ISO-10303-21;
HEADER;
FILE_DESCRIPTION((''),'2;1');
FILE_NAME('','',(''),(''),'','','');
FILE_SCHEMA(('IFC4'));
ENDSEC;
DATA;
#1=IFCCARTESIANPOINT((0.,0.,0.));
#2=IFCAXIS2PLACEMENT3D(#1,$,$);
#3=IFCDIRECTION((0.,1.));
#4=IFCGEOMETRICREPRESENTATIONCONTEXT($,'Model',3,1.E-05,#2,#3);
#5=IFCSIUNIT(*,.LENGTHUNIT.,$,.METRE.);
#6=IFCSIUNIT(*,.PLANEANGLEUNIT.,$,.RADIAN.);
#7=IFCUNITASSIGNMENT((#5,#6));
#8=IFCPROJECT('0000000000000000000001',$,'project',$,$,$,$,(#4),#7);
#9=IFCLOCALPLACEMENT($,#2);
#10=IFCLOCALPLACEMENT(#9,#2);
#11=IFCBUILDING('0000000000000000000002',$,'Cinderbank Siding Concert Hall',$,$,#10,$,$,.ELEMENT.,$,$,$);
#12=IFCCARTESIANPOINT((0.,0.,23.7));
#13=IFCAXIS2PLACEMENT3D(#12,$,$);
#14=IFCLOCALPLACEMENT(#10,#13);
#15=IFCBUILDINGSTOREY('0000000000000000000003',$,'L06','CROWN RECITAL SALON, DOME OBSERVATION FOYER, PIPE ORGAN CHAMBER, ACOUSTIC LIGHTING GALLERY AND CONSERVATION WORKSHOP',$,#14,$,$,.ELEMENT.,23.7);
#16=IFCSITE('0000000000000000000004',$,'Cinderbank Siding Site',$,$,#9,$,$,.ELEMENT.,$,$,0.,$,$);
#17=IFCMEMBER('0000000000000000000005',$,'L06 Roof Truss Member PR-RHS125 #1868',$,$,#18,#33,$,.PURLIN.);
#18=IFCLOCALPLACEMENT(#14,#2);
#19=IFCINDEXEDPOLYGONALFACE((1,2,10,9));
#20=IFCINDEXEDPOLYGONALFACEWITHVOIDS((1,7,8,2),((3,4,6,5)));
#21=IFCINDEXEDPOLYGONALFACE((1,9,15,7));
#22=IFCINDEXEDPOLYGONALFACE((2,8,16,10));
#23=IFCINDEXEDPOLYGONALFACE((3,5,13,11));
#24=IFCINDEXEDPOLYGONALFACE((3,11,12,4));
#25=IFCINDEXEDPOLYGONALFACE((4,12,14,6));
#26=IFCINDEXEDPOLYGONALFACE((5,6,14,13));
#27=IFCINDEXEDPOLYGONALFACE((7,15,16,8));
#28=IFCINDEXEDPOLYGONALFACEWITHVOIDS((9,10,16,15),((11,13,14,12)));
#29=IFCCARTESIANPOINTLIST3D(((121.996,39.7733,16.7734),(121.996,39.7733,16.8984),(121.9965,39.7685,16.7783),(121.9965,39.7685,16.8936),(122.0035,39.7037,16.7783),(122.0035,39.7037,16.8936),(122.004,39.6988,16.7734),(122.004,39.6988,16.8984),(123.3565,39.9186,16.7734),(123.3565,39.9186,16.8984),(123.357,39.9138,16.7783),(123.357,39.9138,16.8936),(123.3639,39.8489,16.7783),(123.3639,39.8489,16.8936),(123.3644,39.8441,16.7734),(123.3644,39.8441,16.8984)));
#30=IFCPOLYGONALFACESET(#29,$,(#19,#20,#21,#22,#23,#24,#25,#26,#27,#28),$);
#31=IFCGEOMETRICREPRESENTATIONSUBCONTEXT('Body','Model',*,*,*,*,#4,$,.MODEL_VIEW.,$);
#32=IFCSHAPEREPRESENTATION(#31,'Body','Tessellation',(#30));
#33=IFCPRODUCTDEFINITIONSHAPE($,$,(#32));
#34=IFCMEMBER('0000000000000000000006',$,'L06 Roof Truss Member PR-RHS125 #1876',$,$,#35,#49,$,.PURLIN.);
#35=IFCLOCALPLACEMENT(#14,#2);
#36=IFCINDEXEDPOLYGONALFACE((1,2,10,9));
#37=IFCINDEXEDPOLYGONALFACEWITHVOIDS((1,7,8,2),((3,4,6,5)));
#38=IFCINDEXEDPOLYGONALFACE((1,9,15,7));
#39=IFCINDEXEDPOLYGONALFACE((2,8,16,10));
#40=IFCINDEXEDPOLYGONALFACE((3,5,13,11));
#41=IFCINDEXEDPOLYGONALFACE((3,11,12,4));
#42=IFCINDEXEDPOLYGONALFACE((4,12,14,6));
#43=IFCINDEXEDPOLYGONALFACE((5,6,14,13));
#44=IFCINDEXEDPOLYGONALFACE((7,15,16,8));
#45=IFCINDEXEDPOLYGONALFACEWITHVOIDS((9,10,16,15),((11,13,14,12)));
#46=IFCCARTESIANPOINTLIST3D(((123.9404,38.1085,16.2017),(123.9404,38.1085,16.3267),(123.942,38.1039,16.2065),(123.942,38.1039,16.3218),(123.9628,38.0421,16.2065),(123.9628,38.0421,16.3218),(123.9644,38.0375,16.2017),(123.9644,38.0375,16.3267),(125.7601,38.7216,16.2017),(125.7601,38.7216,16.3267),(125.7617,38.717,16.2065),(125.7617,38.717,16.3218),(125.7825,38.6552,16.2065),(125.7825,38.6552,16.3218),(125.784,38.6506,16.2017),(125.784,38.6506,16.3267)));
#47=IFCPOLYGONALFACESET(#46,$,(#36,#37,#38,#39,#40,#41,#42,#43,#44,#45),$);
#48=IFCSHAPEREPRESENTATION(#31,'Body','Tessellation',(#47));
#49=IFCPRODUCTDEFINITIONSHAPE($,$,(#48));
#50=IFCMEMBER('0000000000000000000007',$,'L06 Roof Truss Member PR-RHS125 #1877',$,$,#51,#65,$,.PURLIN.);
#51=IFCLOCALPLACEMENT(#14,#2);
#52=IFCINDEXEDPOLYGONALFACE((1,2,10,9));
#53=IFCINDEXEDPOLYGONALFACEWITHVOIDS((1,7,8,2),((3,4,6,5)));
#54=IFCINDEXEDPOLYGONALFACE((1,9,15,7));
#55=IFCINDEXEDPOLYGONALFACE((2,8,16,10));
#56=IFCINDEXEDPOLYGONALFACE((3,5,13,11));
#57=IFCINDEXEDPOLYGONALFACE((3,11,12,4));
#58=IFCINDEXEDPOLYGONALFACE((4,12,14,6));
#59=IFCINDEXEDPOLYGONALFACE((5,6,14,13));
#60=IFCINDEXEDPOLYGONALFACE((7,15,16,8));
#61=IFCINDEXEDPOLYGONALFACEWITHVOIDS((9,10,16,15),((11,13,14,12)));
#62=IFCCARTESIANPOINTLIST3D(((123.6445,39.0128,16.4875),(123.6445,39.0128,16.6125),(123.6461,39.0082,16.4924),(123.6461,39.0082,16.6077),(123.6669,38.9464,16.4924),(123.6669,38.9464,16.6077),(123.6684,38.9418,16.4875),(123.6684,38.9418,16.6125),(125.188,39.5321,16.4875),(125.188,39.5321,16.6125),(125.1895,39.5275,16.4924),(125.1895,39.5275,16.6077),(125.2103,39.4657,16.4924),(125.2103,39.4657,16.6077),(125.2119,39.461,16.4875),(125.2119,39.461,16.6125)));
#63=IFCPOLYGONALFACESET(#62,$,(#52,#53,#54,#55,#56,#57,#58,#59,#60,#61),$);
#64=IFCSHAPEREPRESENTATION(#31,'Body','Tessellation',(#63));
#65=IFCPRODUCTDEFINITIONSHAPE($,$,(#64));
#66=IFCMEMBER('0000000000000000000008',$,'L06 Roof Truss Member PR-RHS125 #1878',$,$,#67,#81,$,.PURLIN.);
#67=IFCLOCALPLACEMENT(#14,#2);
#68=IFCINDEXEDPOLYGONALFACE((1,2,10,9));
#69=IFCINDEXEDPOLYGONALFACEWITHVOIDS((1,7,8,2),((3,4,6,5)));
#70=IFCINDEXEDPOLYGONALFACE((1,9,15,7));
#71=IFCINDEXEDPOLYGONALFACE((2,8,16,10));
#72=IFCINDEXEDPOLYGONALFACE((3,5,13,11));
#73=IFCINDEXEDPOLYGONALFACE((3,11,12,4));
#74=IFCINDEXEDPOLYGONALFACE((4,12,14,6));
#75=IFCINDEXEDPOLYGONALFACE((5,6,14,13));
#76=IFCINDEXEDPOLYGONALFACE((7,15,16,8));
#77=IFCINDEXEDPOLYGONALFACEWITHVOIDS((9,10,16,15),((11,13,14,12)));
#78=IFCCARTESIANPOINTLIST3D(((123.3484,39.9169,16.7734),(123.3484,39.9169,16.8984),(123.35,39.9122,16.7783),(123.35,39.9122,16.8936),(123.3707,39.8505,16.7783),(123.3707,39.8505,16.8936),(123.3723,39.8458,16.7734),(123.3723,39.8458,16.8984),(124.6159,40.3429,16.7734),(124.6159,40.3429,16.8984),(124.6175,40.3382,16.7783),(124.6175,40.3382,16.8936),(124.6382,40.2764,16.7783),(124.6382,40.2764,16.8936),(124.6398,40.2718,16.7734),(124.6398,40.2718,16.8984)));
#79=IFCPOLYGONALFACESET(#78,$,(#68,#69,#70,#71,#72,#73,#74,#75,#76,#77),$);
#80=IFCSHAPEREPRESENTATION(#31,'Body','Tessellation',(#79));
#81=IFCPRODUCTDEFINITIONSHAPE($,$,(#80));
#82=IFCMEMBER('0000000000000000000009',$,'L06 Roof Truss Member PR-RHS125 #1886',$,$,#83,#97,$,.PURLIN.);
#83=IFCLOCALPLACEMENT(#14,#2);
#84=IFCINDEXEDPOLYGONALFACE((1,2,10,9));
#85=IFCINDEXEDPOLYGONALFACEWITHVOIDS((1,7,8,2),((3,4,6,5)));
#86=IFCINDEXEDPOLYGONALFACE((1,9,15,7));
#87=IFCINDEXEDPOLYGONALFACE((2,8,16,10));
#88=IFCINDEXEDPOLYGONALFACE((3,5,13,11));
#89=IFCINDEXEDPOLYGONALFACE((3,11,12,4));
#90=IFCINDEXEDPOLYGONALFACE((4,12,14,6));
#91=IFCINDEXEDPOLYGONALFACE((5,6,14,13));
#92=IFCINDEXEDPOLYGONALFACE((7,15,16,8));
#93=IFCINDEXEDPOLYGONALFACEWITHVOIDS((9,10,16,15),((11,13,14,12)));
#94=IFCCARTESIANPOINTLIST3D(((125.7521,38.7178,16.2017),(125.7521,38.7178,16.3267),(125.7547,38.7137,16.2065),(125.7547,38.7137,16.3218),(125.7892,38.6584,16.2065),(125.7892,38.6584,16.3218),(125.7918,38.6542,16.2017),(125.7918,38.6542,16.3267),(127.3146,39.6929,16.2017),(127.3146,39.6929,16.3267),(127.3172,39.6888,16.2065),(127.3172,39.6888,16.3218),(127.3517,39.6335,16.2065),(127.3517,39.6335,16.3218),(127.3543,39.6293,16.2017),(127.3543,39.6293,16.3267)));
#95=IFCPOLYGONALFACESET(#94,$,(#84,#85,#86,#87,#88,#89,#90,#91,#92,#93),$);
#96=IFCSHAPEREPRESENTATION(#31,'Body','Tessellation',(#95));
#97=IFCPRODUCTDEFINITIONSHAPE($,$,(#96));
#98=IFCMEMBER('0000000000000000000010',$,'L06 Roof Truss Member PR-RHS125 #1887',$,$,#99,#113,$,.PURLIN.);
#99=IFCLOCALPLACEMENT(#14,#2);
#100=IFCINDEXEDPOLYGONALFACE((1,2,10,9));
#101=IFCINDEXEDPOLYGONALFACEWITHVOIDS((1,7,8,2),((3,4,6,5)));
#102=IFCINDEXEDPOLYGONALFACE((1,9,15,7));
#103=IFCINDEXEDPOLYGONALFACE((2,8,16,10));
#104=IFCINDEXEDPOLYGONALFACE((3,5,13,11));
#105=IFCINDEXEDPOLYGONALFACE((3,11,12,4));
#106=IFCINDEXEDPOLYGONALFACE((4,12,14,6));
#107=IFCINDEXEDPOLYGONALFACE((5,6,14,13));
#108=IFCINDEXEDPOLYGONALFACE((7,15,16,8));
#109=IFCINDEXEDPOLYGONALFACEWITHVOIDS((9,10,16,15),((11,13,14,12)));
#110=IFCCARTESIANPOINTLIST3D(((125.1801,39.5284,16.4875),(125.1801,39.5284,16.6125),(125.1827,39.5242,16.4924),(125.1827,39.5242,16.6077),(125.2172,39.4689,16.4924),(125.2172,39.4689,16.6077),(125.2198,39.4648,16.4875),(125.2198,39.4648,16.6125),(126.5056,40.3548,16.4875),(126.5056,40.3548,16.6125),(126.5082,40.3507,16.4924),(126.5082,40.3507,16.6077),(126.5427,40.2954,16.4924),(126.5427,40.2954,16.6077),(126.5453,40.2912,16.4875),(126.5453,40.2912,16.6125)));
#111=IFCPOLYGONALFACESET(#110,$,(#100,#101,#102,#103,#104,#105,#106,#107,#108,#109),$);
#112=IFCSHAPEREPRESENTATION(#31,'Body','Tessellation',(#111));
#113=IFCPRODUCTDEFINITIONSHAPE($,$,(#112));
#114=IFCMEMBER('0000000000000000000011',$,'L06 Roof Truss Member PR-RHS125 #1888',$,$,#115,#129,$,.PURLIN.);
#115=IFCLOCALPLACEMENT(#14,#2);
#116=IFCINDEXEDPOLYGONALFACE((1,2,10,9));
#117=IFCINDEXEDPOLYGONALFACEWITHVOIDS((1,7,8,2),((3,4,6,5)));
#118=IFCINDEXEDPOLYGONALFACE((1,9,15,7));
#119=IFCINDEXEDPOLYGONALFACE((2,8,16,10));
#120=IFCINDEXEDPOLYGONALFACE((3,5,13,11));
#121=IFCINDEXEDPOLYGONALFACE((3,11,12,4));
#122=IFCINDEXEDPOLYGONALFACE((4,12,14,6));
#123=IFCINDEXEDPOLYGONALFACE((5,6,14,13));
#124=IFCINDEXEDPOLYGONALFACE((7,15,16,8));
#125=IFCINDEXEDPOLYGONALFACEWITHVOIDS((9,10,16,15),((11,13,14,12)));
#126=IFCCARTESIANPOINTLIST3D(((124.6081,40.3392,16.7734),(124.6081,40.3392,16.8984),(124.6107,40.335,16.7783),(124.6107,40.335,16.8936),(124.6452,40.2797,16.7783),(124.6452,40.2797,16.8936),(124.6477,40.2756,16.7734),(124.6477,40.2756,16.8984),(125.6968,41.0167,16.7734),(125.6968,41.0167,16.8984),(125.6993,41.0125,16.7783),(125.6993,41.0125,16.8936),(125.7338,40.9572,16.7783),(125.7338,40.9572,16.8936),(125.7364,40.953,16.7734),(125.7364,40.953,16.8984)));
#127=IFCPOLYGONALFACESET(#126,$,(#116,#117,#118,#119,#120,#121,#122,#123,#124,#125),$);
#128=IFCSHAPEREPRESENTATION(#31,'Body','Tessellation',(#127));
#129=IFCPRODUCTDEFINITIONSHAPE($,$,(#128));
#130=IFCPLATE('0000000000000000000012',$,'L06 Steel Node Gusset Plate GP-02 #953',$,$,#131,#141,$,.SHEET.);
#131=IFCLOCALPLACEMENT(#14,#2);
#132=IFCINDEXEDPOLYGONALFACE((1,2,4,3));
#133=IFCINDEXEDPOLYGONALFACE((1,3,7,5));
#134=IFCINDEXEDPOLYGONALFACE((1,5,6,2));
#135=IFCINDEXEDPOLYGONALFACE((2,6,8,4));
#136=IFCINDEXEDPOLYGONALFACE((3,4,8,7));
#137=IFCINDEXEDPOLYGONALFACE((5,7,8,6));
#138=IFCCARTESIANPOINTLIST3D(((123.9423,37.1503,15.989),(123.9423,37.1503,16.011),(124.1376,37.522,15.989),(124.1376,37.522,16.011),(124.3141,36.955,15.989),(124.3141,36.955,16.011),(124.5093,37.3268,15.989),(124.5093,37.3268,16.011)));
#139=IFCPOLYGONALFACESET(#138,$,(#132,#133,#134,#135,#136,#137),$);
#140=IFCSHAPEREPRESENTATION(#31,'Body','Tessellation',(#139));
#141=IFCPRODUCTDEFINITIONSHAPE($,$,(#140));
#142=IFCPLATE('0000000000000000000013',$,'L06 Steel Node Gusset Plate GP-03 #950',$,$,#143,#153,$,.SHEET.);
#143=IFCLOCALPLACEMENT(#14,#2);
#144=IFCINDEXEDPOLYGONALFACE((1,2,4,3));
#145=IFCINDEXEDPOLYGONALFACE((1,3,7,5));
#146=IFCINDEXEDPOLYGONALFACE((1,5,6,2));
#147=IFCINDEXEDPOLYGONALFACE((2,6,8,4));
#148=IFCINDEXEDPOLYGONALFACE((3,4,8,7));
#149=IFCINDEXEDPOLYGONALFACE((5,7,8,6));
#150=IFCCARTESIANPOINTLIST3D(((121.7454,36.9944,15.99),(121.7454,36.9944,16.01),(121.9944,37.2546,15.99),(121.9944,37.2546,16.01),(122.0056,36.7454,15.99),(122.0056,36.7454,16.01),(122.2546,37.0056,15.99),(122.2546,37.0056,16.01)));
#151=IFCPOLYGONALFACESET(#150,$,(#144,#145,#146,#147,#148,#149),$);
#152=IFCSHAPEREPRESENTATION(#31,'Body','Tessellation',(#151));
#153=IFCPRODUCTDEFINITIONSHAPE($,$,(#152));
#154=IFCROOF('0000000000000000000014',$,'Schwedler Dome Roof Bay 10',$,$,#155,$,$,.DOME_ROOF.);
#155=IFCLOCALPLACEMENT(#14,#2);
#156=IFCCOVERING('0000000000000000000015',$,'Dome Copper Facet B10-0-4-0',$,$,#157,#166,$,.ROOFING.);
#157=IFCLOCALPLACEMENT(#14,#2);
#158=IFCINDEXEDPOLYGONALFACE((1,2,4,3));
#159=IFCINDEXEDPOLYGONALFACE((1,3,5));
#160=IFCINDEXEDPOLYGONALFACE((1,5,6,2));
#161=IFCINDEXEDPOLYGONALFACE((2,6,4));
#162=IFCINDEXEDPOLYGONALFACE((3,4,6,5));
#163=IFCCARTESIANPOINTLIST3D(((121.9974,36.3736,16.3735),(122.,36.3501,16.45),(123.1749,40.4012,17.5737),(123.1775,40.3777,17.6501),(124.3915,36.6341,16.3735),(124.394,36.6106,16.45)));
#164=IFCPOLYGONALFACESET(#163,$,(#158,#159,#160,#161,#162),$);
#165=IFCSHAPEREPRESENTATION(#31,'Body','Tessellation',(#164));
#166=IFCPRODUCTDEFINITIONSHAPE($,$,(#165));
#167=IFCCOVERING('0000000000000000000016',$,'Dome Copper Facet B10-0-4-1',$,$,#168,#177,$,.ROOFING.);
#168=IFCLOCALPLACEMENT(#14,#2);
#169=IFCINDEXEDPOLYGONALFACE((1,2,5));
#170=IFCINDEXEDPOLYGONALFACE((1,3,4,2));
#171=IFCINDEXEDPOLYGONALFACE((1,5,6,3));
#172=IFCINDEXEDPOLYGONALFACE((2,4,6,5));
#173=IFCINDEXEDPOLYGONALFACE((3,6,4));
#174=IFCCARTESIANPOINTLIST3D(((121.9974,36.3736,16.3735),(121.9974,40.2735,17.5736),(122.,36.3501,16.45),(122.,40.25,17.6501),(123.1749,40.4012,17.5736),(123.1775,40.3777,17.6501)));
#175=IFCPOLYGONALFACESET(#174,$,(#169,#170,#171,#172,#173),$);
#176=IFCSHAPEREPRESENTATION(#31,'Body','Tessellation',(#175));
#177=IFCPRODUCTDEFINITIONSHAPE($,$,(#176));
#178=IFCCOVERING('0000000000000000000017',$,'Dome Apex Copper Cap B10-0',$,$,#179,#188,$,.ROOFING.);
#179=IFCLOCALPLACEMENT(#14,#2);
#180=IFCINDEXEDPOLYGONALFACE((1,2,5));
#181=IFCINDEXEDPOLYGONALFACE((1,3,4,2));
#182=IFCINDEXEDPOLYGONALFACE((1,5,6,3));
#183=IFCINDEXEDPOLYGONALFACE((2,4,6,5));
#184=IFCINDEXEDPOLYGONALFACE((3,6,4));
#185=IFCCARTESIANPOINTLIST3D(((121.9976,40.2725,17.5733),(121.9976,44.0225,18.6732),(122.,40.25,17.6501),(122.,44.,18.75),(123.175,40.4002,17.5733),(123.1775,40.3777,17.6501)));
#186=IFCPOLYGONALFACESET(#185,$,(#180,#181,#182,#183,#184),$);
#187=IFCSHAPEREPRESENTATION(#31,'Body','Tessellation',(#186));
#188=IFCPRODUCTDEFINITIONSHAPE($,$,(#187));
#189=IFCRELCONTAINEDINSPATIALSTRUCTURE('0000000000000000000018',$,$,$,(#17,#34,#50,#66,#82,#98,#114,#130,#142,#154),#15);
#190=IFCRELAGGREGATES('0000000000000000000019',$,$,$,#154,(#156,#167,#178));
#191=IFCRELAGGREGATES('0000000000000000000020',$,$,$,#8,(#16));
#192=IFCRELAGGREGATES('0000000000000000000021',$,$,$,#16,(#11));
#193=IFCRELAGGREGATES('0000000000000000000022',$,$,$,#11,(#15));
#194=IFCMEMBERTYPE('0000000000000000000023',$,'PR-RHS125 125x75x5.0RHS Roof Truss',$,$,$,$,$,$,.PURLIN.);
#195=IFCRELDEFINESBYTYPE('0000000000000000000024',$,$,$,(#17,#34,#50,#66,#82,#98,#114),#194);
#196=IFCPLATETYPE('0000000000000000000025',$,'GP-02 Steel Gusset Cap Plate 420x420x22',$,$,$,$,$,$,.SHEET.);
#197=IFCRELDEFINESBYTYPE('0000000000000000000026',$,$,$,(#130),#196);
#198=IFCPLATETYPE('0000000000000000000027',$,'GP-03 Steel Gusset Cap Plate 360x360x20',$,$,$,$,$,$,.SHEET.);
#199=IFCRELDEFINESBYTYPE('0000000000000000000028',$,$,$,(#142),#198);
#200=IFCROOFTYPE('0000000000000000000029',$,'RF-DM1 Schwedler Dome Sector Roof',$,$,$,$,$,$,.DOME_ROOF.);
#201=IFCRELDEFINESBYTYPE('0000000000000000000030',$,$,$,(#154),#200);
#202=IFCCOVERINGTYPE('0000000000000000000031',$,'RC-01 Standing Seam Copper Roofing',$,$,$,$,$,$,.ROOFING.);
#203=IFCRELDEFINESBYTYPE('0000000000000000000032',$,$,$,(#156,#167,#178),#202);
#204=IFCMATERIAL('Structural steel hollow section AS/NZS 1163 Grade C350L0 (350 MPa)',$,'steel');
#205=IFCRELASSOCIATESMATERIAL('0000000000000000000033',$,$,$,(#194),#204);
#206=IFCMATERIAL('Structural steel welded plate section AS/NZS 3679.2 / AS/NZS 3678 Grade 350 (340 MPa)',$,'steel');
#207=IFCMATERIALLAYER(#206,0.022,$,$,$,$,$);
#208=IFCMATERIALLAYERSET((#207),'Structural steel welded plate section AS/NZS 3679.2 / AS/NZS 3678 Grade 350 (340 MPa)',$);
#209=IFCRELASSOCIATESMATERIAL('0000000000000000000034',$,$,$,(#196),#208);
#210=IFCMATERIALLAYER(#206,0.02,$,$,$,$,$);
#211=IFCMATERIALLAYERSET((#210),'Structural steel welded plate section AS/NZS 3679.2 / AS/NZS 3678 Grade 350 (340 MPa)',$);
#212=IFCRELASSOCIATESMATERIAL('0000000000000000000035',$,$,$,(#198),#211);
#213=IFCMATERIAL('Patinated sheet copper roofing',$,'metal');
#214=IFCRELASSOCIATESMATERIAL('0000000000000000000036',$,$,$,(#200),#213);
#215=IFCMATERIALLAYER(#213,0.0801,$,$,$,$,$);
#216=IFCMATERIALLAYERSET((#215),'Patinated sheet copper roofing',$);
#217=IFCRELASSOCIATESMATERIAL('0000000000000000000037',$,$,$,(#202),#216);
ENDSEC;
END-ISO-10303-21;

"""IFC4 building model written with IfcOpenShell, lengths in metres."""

from ifc_helpers import new_model, si_unit, direction, frame, origin, origin_2d, place, context, subcontext, project, spatial, polyline, rectangle, hollow_rectangle, outline, extrude, material, layer, layer_set, material_profile, profile_set, type_object, element, aggregate, save


model = new_model("IFC4")

# Units and contexts
model_context = context("Model", 3, precision=1e-05, world=origin(), true_north=direction((0.0, 1.0)))
body_context = subcontext(model_context, "Body", "Model", "MODEL_VIEW")
ifc_project = project(units=[si_unit("LENGTHUNIT", "METRE"), si_unit("PLANEANGLEUNIT", "RADIAN")], contexts=[model_context])

# Site, building, storey
site_placement = place(None, origin())
site = spatial("IfcSite", under=ifc_project, at=site_placement, Name="Cinderbank Siding Site", CompositionType="ELEMENT", RefElevation=0.0)
building_placement = place(site_placement, origin())
building = spatial("IfcBuilding", under=site, at=building_placement, Name="Cinderbank Siding Concert Hall", CompositionType="ELEMENT")
storey_placement = place(building_placement, frame((0.0, 0.0, 23.7)))
storey = spatial("IfcBuildingStorey", under=building, at=storey_placement, Name="L06", Description="CROWN RECITAL SALON, DOME OBSERVATION FOYER, PIPE ORGAN CHAMBER, ACOUSTIC LIGHTING GALLERY AND CONSERVATION WORKSHOP", CompositionType="ELEMENT", Elevation=23.7)

# Members
ifc_material_1 = material(Name="Structural steel hollow section AS/NZS 1163 Grade C350L0 (350 MPa)", Category="steel")
ifc_material_profile_1 = material_profile(ifc_material_1, hollow_rectangle(XDim=0.075, YDim=0.125, WallThickness=0.0049, at=origin_2d()), Name="125x75x5.0RHS", Category="LoadBearing")
ifc_profile_set_1 = profile_set([ifc_material_profile_1], Name="Structural steel hollow section AS/NZS 1163 Grade C350L0 (350 MPa)")
member_type_1 = type_object("IfcMemberType", Name="PR-RHS125 125x75x5.0RHS Roof Truss", PredefinedType="PURLIN", material=ifc_profile_set_1)
member_1_placement = place(storey_placement, frame((122.0, 39.7361, 16.8359), z_axis=(0.994347, 0.10618, 0.0), x_axis=(-0.10618, 0.994347, 0.0)))
element("IfcMember", 1, at=member_1_placement, inside=storey, type_object=member_type_1, Name="L06 Roof Truss Member PR-RHS125 #1868", PredefinedType="PURLIN", context=body_context, shape_type="SweptSolid", body=[
    extrude(hollow_rectangle(XDim=0.075, YDim=0.125, WallThickness=0.0049, at=origin_2d()), origin(), (0.0, 0.0, 1.0), 1.3682),
])
member_2_placement = place(storey_placement, frame((123.9524, 38.073, 16.2642), z_axis=(0.947661, 0.319278, 0.0), x_axis=(-0.319278, 0.947661, 0.0)))
element("IfcMember", 2, at=member_2_placement, inside=storey, type_object=member_type_1, Name="L06 Roof Truss Member PR-RHS125 #1876", PredefinedType="PURLIN", context=body_context, shape_type="SweptSolid", body=[
    extrude(hollow_rectangle(XDim=0.075, YDim=0.125, WallThickness=0.0049, at=origin_2d()), origin(), (0.0, 0.0, 1.0), 1.9202),
])
member_3_placement = place(storey_placement, frame((123.6565, 38.9773, 16.55), z_axis=(0.947795, 0.31888, 0.0), x_axis=(-0.31888, 0.947795, 0.0)))
element("IfcMember", 3, at=member_3_placement, inside=storey, type_object=member_type_1, Name="L06 Roof Truss Member PR-RHS125 #1877", PredefinedType="PURLIN", context=body_context, shape_type="SweptSolid", body=[
    extrude(hollow_rectangle(XDim=0.075, YDim=0.125, WallThickness=0.0049, at=origin_2d()), origin(), (0.0, 0.0, 1.0), 1.6284),
])
member_4_placement = place(storey_placement, frame((123.3604, 39.8813, 16.8359), z_axis=(0.947895, 0.318582, 0.0), x_axis=(-0.318582, 0.947895, 0.0)))
element("IfcMember", 4, at=member_4_placement, inside=storey, type_object=member_type_1, Name="L06 Roof Truss Member PR-RHS125 #1878", PredefinedType="PURLIN", context=body_context, shape_type="SweptSolid", body=[
    extrude(hollow_rectangle(XDim=0.075, YDim=0.125, WallThickness=0.0049, at=origin_2d()), origin(), (0.0, 0.0, 1.0), 1.3372),
])
member_5_placement = place(storey_placement, frame((125.772, 38.686, 16.2642), z_axis=(0.848356, 0.529427, 0.0), x_axis=(-0.529427, 0.848356, 0.0)))
element("IfcMember", 5, at=member_5_placement, inside=storey, type_object=member_type_1, Name="L06 Roof Truss Member PR-RHS125 #1886", PredefinedType="PURLIN", context=body_context, shape_type="SweptSolid", body=[
    extrude(hollow_rectangle(XDim=0.075, YDim=0.125, WallThickness=0.0049, at=origin_2d()), origin(), (0.0, 0.0, 1.0), 1.8418),
])
member_6_placement = place(storey_placement, frame((125.2, 39.4966, 16.55), z_axis=(0.848569, 0.529085, 0.0), x_axis=(-0.529085, 0.848569, 0.0)))
element("IfcMember", 6, at=member_6_placement, inside=storey, type_object=member_type_1, Name="L06 Roof Truss Member PR-RHS125 #1887", PredefinedType="PURLIN", context=body_context, shape_type="SweptSolid", body=[
    extrude(hollow_rectangle(XDim=0.075, YDim=0.125, WallThickness=0.0049, at=origin_2d()), origin(), (0.0, 0.0, 1.0), 1.562),
])
member_7_placement = place(storey_placement, frame((124.6279, 40.3074, 16.8359), z_axis=(0.849013, 0.528372, 0.0), x_axis=(-0.528372, 0.849013, 0.0)))
element("IfcMember", 7, at=member_7_placement, inside=storey, type_object=member_type_1, Name="L06 Roof Truss Member PR-RHS125 #1888", PredefinedType="PURLIN", context=body_context, shape_type="SweptSolid", body=[
    extrude(hollow_rectangle(XDim=0.075, YDim=0.125, WallThickness=0.0049, at=origin_2d()), origin(), (0.0, 0.0, 1.0), 1.2822),
])

# Plates
ifc_material_2 = material(Name="Structural steel welded plate section AS/NZS 3679.2 / AS/NZS 3678 Grade 350 (340 MPa)", Category="steel")
ifc_layer_1 = layer(ifc_material_2, 0.022)
ifc_layer_set_1 = layer_set([ifc_layer_1], Name="Structural steel welded plate section AS/NZS 3679.2 / AS/NZS 3678 Grade 350 (340 MPa)")
plate_type_1 = type_object("IfcPlateType", Name="GP-02 Steel Gusset Cap Plate 420x420x22", PredefinedType="SHEET", material=ifc_layer_set_1)
plate_1_placement = place(storey_placement, frame((124.2258, 37.2385, 15.989), z_axis=(0.0, 0.0, 1.0), x_axis=(0.464997, 0.885312, 0.0)))
element("IfcPlate", 8, at=plate_1_placement, inside=storey, type_object=plate_type_1, Name="L06 Steel Node Gusset Plate GP-02 #953", PredefinedType="SHEET", context=body_context, shape_type="SweptSolid", body=[
    extrude(rectangle(XDim=0.4199, YDim=0.4199, at=origin_2d()), origin(), (0.0, 0.0, 1.0), 0.022),
])
ifc_layer_2 = layer(ifc_material_2, 0.02)
ifc_layer_set_2 = layer_set([ifc_layer_2], Name="Structural steel welded plate section AS/NZS 3679.2 / AS/NZS 3678 Grade 350 (340 MPa)")
plate_type_2 = type_object("IfcPlateType", Name="GP-03 Steel Gusset Cap Plate 360x360x20", PredefinedType="SHEET", material=ifc_layer_set_2)
plate_2_placement = place(storey_placement, frame((122.0, 37.0, 15.99), z_axis=(0.0, 0.0, 1.0), x_axis=(0.691261, 0.722605, 0.0)))
element("IfcPlate", 9, at=plate_2_placement, inside=storey, type_object=plate_type_2, Name="L06 Steel Node Gusset Plate GP-03 #950", PredefinedType="SHEET", context=body_context, shape_type="SweptSolid", body=[
    extrude(rectangle(XDim=0.3601, YDim=0.3601, at=origin_2d()), origin(), (0.0, 0.0, 1.0), 0.02),
])

# Roof, coverings
ifc_material_3 = material(Name="Patinated sheet copper roofing", Category="metal")
roof_type = type_object("IfcRoofType", Name="RF-DM1 Schwedler Dome Sector Roof", PredefinedType="DOME_ROOF", material=ifc_material_3)
roof_placement = place(storey_placement, origin())
roof = element("IfcRoof", 10, at=roof_placement, inside=storey, type_object=roof_type, Name="Schwedler Dome Roof Bay 10", PredefinedType="DOME_ROOF")
ifc_layer_3 = layer(ifc_material_3, 0.0801)
ifc_layer_set_3 = layer_set([ifc_layer_3], Name="Patinated sheet copper roofing")
covering_type = type_object("IfcCoveringType", Name="RC-01 Standing Seam Copper Roofing", PredefinedType="ROOFING", material=ifc_layer_set_3)
covering_1_placement = place(storey_placement, frame((122.0, 36.3501, 16.45), z_axis=(0.031992, -0.294016, 0.955265), x_axis=(0.994132, 0.108172, 0.0)))
covering_1 = element("IfcCovering", 11, at=covering_1_placement, type_object=covering_type, Name="Dome Copper Facet B10-0-4-0", PredefinedType="ROOFING", context=body_context, shape_type="SweptSolid", body=[
    extrude(outline(polyline([(0.0, 0.0), (2.4082, 0.0), (1.6063, 4.0581), (0.0, 0.0)])), origin(), (0.0, 0.0, -1.0), 0.0801),
])
covering_2_placement = place(storey_placement, frame((122.0, 36.3501, 16.45), z_axis=(0.03188, -0.293987, 0.955278), x_axis=(0.269791, 0.922817, 0.274994)))
covering_2 = element("IfcCovering", 12, at=covering_2_placement, type_object=covering_type, Name="Dome Copper Facet B10-0-4-1", PredefinedType="ROOFING", context=body_context, shape_type="SweptSolid", body=[
    extrude(outline(polyline([(0.0, 0.0), (4.3644, 0.0), (3.9289, 1.1014), (0.0, 0.0)])), origin(), (0.0, 0.0, -1.0), 0.0801),
])
covering_3_placement = place(storey_placement, frame((122.0, 40.25, 17.6501), z_axis=(0.030505, -0.281308, 0.959133), x_axis=(0.994172, 0.107807, 0.0)))
covering_3 = element("IfcCovering", 13, at=covering_3_placement, type_object=covering_type, Name="Dome Apex Copper Cap B10-0", PredefinedType="ROOFING", context=body_context, shape_type="SweptSolid", body=[
    extrude(outline(polyline([(0.0, 0.0), (1.1844, 0.0), (0.4043, 3.887), (0.0, 0.0)])), origin(), (0.0, 0.0, -1.0), 0.0801),
])
aggregate(roof, [covering_1, covering_2, covering_3])

save(model, "model.ifc")
